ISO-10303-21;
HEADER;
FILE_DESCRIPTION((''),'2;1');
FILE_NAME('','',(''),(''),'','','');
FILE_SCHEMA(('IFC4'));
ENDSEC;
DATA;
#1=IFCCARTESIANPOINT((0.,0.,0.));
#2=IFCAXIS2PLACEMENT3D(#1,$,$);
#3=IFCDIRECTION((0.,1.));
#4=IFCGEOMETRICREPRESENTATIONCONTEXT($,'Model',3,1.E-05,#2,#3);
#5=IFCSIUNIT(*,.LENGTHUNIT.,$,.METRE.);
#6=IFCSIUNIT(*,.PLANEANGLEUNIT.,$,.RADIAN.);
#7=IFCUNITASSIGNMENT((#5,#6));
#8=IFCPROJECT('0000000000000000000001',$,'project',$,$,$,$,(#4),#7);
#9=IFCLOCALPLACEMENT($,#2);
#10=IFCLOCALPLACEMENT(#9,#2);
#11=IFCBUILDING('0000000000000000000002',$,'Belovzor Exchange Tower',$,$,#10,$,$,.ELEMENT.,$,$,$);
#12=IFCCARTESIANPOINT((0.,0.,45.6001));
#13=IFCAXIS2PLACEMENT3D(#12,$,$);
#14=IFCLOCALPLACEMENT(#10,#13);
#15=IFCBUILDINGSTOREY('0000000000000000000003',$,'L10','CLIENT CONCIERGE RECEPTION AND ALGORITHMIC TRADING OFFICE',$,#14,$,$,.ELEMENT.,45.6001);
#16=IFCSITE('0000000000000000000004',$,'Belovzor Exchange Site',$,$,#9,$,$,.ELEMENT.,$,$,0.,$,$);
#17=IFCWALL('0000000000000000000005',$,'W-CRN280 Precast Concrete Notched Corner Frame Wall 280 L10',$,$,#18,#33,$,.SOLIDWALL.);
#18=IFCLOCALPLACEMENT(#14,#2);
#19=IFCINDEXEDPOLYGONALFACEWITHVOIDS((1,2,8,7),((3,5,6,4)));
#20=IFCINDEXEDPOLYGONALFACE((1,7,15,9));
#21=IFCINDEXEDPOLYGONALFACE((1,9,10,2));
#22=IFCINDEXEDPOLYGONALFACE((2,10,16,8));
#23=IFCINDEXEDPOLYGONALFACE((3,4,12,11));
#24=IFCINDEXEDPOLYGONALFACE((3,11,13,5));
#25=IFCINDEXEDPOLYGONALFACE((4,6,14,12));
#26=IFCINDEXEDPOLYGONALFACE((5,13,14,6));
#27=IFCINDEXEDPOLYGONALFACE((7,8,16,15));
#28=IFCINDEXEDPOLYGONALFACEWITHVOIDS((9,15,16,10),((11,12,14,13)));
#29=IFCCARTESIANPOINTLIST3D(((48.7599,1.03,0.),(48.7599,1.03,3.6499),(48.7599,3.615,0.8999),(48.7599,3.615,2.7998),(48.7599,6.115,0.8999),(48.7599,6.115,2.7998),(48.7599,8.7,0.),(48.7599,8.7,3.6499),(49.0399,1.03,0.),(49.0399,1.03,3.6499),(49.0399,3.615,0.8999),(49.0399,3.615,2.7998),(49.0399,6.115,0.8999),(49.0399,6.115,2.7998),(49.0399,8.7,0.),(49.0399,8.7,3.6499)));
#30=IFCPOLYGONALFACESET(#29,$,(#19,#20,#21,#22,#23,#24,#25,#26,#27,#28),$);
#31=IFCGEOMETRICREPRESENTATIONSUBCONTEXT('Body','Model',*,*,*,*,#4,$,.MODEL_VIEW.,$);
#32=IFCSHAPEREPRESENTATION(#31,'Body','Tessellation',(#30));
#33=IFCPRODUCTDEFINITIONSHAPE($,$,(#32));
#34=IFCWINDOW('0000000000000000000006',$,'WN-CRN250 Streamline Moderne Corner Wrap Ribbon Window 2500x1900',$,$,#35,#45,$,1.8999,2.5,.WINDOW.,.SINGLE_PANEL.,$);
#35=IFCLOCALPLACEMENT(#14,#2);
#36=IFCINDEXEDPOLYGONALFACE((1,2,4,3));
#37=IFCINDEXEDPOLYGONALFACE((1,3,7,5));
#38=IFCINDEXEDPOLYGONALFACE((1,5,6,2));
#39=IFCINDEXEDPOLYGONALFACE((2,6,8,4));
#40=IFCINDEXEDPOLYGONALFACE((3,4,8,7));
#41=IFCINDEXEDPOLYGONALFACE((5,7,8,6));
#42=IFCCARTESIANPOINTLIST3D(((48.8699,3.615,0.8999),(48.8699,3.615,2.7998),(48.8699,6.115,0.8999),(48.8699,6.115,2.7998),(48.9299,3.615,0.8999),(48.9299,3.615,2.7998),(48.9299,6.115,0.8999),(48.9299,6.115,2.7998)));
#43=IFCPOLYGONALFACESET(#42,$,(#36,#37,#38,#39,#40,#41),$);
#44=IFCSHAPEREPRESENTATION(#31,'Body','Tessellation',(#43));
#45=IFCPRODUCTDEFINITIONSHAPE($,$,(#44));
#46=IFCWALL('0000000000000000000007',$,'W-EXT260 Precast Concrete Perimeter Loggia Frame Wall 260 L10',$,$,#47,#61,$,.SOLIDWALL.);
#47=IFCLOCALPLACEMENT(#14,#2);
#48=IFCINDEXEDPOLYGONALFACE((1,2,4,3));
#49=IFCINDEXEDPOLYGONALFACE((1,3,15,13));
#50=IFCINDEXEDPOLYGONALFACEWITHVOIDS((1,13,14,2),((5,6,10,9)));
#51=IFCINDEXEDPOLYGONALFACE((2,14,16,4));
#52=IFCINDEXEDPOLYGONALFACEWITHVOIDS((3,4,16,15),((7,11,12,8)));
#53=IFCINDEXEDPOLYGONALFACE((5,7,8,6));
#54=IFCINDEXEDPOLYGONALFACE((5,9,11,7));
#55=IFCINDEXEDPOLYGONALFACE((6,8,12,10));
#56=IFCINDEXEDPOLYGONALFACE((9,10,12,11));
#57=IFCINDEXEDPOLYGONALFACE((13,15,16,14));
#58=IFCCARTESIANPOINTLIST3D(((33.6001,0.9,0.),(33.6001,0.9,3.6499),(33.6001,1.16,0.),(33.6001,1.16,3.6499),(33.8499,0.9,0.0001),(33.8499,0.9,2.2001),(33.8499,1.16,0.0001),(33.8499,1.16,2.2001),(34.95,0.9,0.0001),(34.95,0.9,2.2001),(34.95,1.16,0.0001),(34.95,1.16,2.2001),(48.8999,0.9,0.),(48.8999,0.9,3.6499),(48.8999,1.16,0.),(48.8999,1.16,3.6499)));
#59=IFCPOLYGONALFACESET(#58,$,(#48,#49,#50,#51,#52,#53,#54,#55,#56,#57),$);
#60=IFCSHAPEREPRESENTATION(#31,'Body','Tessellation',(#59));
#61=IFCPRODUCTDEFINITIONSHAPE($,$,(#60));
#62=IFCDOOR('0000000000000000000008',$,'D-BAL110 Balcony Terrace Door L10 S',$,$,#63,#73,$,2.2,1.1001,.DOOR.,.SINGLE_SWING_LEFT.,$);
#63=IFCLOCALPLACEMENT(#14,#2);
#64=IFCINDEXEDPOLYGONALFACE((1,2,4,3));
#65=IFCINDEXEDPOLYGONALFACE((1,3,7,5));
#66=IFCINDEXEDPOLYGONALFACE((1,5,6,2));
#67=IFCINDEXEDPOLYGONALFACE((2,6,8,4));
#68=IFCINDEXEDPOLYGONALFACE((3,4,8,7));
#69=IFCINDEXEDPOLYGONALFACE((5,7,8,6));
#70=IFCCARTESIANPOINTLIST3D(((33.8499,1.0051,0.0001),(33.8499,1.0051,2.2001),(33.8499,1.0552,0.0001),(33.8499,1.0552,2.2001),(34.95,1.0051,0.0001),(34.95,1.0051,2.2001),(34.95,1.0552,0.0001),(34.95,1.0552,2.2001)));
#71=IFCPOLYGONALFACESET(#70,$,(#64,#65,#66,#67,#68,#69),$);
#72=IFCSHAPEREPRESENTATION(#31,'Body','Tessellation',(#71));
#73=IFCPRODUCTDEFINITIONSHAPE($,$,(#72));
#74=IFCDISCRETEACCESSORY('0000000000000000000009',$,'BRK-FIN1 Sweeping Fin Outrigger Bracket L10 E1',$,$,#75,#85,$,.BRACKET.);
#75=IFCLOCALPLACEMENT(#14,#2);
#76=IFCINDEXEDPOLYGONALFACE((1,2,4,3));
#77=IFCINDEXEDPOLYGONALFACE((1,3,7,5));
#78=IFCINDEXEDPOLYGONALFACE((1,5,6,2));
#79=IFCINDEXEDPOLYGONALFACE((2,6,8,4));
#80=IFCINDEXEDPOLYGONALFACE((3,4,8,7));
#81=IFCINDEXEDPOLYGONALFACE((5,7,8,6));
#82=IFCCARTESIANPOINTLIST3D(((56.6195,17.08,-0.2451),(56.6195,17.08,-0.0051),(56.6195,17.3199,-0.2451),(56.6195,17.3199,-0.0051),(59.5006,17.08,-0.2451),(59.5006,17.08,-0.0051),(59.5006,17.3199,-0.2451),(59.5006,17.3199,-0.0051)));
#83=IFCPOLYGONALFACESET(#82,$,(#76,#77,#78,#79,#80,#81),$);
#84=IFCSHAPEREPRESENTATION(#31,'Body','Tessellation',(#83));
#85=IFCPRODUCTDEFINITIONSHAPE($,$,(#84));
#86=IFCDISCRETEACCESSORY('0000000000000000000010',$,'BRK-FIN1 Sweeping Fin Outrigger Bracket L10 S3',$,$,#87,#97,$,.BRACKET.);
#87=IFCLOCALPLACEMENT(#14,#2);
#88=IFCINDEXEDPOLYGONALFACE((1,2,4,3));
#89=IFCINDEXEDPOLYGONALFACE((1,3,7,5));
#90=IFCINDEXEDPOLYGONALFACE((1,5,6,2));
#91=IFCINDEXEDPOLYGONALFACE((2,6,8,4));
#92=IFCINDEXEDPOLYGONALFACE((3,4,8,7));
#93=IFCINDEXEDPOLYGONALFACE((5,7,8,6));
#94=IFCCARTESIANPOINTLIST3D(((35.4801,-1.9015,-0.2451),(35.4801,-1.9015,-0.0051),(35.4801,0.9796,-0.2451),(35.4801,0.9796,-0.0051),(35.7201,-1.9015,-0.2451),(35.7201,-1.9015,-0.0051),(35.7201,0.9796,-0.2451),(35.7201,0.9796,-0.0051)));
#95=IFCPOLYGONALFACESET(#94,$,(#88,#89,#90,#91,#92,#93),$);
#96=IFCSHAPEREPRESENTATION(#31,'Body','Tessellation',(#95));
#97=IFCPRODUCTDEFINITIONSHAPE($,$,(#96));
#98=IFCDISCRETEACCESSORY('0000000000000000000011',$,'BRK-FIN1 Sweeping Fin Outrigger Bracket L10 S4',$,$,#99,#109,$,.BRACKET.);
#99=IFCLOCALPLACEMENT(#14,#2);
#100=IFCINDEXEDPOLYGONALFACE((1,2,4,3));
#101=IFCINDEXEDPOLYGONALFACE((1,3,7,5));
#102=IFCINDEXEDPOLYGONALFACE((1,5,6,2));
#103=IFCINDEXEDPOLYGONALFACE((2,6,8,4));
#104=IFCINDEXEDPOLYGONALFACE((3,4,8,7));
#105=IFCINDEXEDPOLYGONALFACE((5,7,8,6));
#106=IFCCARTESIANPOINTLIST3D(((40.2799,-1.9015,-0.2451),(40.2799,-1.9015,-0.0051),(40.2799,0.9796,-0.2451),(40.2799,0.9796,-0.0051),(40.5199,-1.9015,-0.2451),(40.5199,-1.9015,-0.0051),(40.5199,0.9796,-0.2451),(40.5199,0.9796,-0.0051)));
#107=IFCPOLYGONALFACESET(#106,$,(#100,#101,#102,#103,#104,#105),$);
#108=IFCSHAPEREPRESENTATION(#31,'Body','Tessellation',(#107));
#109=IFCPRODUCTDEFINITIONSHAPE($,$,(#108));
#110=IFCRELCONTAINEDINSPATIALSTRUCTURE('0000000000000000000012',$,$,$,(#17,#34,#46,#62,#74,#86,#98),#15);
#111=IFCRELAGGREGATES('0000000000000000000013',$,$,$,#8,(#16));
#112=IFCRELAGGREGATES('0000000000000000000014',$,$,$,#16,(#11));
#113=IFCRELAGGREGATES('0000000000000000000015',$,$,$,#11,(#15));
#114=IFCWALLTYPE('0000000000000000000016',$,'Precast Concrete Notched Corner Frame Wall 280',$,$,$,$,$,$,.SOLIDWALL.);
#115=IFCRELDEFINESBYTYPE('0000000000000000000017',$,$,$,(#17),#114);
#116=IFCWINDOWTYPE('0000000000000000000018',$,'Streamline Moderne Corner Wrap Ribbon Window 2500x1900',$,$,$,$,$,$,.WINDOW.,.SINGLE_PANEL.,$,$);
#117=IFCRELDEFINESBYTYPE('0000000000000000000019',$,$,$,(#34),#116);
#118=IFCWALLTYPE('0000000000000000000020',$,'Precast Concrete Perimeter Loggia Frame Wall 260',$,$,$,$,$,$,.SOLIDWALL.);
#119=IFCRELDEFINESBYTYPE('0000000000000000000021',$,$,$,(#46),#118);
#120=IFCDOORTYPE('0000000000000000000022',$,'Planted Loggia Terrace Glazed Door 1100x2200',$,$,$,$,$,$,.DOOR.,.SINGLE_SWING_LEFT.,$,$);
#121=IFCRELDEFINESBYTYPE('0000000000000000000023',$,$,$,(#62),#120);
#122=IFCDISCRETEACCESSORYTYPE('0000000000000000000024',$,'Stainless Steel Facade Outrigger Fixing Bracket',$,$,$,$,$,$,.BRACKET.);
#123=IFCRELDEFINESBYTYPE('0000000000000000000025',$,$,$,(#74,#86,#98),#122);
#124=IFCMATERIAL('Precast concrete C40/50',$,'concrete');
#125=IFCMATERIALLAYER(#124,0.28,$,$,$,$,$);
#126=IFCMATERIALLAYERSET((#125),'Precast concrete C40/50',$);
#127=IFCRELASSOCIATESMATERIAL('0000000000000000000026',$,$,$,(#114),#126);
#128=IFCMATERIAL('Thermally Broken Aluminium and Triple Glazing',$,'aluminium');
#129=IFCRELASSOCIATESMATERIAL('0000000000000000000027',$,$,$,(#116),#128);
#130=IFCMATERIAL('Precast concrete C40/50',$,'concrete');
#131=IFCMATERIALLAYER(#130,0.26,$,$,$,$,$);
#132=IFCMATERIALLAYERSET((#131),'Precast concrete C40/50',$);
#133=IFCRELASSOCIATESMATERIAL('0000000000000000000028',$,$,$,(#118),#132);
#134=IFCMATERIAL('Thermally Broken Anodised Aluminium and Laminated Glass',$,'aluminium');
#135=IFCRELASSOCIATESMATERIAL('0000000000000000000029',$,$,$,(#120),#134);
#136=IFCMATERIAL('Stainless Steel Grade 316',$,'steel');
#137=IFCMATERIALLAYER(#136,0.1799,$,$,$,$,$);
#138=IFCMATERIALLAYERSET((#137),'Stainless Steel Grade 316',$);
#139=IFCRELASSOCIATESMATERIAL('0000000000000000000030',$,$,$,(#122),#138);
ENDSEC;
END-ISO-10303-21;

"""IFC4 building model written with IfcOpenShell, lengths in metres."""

from ifc_helpers import new_model, si_unit, direction, frame, frame_2d, origin, origin_2d, place, context, subcontext, project, spatial, rectangle, extrude, material, layer, layer_set, type_object, element, fill, save


model = new_model("IFC4")

# Units and contexts
model_context = context("Model", 3, precision=1e-05, world=origin(), true_north=direction((0.0, 1.0)))
body_context = subcontext(model_context, "Body", "Model", "MODEL_VIEW")
ifc_project = project(units=[si_unit("LENGTHUNIT", "METRE"), si_unit("PLANEANGLEUNIT", "RADIAN")], contexts=[model_context])

# Site, building, storey
site_placement = place(None, origin())
site = spatial("IfcSite", under=ifc_project, at=site_placement, Name="Belovzor Exchange Site", CompositionType="ELEMENT", RefElevation=0.0)
building_placement = place(site_placement, origin())
building = spatial("IfcBuilding", under=site, at=building_placement, Name="Belovzor Exchange Tower", CompositionType="ELEMENT")
storey_placement = place(building_placement, frame((0.0, 0.0, 45.6001)))
storey = spatial("IfcBuildingStorey", under=building, at=storey_placement, Name="L10", Description="CLIENT CONCIERGE RECEPTION AND ALGORITHMIC TRADING OFFICE", CompositionType="ELEMENT", Elevation=45.6001)

# Wall, opening, window
ifc_material_1 = material(Name="Precast concrete C40/50", Category="concrete")
ifc_layer_1 = layer(ifc_material_1, 0.28)
ifc_layer_set_1 = layer_set([ifc_layer_1], Name="Precast concrete C40/50")
wall_type_1 = type_object("IfcWallType", Name="Precast Concrete Notched Corner Frame Wall 280", PredefinedType="SOLIDWALL", material=ifc_layer_set_1)
ifc_material_2 = material(Name="Thermally Broken Aluminium and Triple Glazing", Category="aluminium")
window_type = type_object("IfcWindowType", Name="Streamline Moderne Corner Wrap Ribbon Window 2500x1900", PartitioningType="SINGLE_PANEL", PredefinedType="WINDOW", material=ifc_material_2)
wall_1_placement = place(storey_placement, frame((48.8999, 8.7, 0.0), z_axis=(0.0, 0.0, 1.0), x_axis=(0.0, -1.0, 0.0)))
wall_1 = element("IfcWall", 1, at=wall_1_placement, inside=storey, type_object=wall_type_1, Name="W-CRN280 Precast Concrete Notched Corner Frame Wall 280 L10", PredefinedType="SOLIDWALL", context=body_context, shape_type="SweptSolid", body=[
    extrude(rectangle(XDim=7.6699, YDim=0.28, at=frame_2d((3.835, 0.0))), origin(), (0.0, 0.0, 1.0), 3.6499),
])
opening_1_placement = place(wall_1_placement, frame((2.585, 0.0, 0.8999)))
opening_1 = element("IfcOpeningElement", 2, at=opening_1_placement, cuts=wall_1, PredefinedType="OPENING", context=body_context, shape_type="SweptSolid", body=[
    extrude(rectangle(XDim=2.5, YDim=1.8999, at=frame_2d((1.25, 0.95))), frame((0.0, 0.1499, 0.0), z_axis=(0.0, -1.0, 0.0), x_axis=(1.0, 0.0, 0.0)), (0.0, 0.0, 1.0), 0.3),
])
window_1_placement = place(opening_1_placement, origin())
window_1 = element("IfcWindow", 3, at=window_1_placement, inside=storey, type_object=window_type, Name="WN-CRN250 Streamline Moderne Corner Wrap Ribbon Window 2500x1900", OverallHeight=1.8999, OverallWidth=2.5, PartitioningType="SINGLE_PANEL", PredefinedType="WINDOW", context=body_context, shape_type="SweptSolid", body=[
    extrude(rectangle(XDim=2.5, YDim=1.8999, at=frame_2d((1.25, 0.95))), frame((0.0, 0.03, 0.0), z_axis=(0.0, -1.0, 0.0), x_axis=(1.0, 0.0, 0.0)), (0.0, 0.0, 1.0), 0.0601),
])
fill(opening_1, window_1)

# Wall, opening, door
ifc_material_3 = material(Name="Precast concrete C40/50", Category="concrete")
ifc_layer_2 = layer(ifc_material_3, 0.26)
ifc_layer_set_2 = layer_set([ifc_layer_2], Name="Precast concrete C40/50")
wall_type_2 = type_object("IfcWallType", Name="Precast Concrete Perimeter Loggia Frame Wall 260", PredefinedType="SOLIDWALL", material=ifc_layer_set_2)
wall_2_placement = place(storey_placement, frame((48.8999, 1.03, 0.0), z_axis=(0.0, 0.0, 1.0), x_axis=(-1.0, 0.0, 0.0)))
wall_2 = element("IfcWall", 4, at=wall_2_placement, inside=storey, type_object=wall_type_2, Name="W-EXT260 Precast Concrete Perimeter Loggia Frame Wall 260 L10", PredefinedType="SOLIDWALL", context=body_context, shape_type="SweptSolid", body=[
    extrude(rectangle(XDim=15.2998, YDim=0.26, at=frame_2d((7.6499, 0.0))), origin(), (0.0, 0.0, 1.0), 3.6499),
])
opening_2_placement = place(wall_2_placement, frame((13.95, 0.0, 0.0)))
opening_2 = element("IfcOpeningElement", 5, at=opening_2_placement, cuts=wall_2, PredefinedType="OPENING", context=body_context, shape_type="SweptSolid", body=[
    extrude(rectangle(XDim=1.1001, YDim=2.2, at=frame_2d((0.55, 1.1001))), frame((0.0, 0.1399, 0.0), z_axis=(0.0, -1.0, 0.0), x_axis=(1.0, 0.0, 0.0)), (0.0, 0.0, 1.0), 0.28),
])
ifc_material_4 = material(Name="Thermally Broken Anodised Aluminium and Laminated Glass", Category="aluminium")
door_type_1 = type_object("IfcDoorType", Name="Planted Loggia Terrace Glazed Door 1100x2200", OperationType="SINGLE_SWING_LEFT", PredefinedType="DOOR", material=ifc_material_4)
door_1_placement = place(opening_2_placement, origin())
door_1 = element("IfcDoor", 6, at=door_1_placement, inside=storey, type_object=door_type_1, Name="D-BAL110 Balcony Terrace Door L10 S", OperationType="SINGLE_SWING_LEFT", OverallHeight=2.2, OverallWidth=1.1001, PredefinedType="DOOR", context=body_context, shape_type="SweptSolid", body=[
    extrude(rectangle(XDim=1.1001, YDim=2.2, at=frame_2d((0.55, 1.1001))), frame((0.0, 0.0249, 0.0), z_axis=(0.0, -1.0, 0.0), x_axis=(1.0, 0.0, 0.0)), (0.0, 0.0, 1.0), 0.05),
])
fill(opening_2, door_1)

# Discrete accessories
ifc_material_5 = material(Name="Stainless Steel Grade 316", Category="steel")
ifc_layer_3 = layer(ifc_material_5, 0.1799)
ifc_layer_set_3 = layer_set([ifc_layer_3], Name="Stainless Steel Grade 316")
discrete_accessory_type = type_object("IfcDiscreteAccessoryType", Name="Stainless Steel Facade Outrigger Fixing Bracket", PredefinedType="BRACKET", material=ifc_layer_set_3)
for number, where, z_axis, x_axis, name in (
    (7, (58.0601, 17.2, -0.2451), (0.0, 0.0, 1.0), (1.0, 0.0, 0.0), "BRK-FIN1 Sweeping Fin Outrigger Bracket L10 E1"),
    (8, (35.6001, -0.4609, -0.2451), (0.0, 0.0, 1.0), (0.0, 1.0, 0.0), "BRK-FIN1 Sweeping Fin Outrigger Bracket L10 S3"),
    (9, (40.3999, -0.4609, -0.2451), (0.0, 0.0, 1.0), (0.0, 1.0, 0.0), "BRK-FIN1 Sweeping Fin Outrigger Bracket L10 S4"),
):
    element("IfcDiscreteAccessory", number, at=place(storey_placement, frame(where, z_axis=z_axis, x_axis=x_axis)), inside=storey, type_object=discrete_accessory_type, Name=name, PredefinedType="BRACKET", context=body_context, shape_type="SweptSolid", body=[
        extrude(rectangle(XDim=2.8811, YDim=0.24, at=origin_2d()), origin(), (0.0, 0.0, 1.0), 0.24),
    ])

save(model, "model.ifc")
